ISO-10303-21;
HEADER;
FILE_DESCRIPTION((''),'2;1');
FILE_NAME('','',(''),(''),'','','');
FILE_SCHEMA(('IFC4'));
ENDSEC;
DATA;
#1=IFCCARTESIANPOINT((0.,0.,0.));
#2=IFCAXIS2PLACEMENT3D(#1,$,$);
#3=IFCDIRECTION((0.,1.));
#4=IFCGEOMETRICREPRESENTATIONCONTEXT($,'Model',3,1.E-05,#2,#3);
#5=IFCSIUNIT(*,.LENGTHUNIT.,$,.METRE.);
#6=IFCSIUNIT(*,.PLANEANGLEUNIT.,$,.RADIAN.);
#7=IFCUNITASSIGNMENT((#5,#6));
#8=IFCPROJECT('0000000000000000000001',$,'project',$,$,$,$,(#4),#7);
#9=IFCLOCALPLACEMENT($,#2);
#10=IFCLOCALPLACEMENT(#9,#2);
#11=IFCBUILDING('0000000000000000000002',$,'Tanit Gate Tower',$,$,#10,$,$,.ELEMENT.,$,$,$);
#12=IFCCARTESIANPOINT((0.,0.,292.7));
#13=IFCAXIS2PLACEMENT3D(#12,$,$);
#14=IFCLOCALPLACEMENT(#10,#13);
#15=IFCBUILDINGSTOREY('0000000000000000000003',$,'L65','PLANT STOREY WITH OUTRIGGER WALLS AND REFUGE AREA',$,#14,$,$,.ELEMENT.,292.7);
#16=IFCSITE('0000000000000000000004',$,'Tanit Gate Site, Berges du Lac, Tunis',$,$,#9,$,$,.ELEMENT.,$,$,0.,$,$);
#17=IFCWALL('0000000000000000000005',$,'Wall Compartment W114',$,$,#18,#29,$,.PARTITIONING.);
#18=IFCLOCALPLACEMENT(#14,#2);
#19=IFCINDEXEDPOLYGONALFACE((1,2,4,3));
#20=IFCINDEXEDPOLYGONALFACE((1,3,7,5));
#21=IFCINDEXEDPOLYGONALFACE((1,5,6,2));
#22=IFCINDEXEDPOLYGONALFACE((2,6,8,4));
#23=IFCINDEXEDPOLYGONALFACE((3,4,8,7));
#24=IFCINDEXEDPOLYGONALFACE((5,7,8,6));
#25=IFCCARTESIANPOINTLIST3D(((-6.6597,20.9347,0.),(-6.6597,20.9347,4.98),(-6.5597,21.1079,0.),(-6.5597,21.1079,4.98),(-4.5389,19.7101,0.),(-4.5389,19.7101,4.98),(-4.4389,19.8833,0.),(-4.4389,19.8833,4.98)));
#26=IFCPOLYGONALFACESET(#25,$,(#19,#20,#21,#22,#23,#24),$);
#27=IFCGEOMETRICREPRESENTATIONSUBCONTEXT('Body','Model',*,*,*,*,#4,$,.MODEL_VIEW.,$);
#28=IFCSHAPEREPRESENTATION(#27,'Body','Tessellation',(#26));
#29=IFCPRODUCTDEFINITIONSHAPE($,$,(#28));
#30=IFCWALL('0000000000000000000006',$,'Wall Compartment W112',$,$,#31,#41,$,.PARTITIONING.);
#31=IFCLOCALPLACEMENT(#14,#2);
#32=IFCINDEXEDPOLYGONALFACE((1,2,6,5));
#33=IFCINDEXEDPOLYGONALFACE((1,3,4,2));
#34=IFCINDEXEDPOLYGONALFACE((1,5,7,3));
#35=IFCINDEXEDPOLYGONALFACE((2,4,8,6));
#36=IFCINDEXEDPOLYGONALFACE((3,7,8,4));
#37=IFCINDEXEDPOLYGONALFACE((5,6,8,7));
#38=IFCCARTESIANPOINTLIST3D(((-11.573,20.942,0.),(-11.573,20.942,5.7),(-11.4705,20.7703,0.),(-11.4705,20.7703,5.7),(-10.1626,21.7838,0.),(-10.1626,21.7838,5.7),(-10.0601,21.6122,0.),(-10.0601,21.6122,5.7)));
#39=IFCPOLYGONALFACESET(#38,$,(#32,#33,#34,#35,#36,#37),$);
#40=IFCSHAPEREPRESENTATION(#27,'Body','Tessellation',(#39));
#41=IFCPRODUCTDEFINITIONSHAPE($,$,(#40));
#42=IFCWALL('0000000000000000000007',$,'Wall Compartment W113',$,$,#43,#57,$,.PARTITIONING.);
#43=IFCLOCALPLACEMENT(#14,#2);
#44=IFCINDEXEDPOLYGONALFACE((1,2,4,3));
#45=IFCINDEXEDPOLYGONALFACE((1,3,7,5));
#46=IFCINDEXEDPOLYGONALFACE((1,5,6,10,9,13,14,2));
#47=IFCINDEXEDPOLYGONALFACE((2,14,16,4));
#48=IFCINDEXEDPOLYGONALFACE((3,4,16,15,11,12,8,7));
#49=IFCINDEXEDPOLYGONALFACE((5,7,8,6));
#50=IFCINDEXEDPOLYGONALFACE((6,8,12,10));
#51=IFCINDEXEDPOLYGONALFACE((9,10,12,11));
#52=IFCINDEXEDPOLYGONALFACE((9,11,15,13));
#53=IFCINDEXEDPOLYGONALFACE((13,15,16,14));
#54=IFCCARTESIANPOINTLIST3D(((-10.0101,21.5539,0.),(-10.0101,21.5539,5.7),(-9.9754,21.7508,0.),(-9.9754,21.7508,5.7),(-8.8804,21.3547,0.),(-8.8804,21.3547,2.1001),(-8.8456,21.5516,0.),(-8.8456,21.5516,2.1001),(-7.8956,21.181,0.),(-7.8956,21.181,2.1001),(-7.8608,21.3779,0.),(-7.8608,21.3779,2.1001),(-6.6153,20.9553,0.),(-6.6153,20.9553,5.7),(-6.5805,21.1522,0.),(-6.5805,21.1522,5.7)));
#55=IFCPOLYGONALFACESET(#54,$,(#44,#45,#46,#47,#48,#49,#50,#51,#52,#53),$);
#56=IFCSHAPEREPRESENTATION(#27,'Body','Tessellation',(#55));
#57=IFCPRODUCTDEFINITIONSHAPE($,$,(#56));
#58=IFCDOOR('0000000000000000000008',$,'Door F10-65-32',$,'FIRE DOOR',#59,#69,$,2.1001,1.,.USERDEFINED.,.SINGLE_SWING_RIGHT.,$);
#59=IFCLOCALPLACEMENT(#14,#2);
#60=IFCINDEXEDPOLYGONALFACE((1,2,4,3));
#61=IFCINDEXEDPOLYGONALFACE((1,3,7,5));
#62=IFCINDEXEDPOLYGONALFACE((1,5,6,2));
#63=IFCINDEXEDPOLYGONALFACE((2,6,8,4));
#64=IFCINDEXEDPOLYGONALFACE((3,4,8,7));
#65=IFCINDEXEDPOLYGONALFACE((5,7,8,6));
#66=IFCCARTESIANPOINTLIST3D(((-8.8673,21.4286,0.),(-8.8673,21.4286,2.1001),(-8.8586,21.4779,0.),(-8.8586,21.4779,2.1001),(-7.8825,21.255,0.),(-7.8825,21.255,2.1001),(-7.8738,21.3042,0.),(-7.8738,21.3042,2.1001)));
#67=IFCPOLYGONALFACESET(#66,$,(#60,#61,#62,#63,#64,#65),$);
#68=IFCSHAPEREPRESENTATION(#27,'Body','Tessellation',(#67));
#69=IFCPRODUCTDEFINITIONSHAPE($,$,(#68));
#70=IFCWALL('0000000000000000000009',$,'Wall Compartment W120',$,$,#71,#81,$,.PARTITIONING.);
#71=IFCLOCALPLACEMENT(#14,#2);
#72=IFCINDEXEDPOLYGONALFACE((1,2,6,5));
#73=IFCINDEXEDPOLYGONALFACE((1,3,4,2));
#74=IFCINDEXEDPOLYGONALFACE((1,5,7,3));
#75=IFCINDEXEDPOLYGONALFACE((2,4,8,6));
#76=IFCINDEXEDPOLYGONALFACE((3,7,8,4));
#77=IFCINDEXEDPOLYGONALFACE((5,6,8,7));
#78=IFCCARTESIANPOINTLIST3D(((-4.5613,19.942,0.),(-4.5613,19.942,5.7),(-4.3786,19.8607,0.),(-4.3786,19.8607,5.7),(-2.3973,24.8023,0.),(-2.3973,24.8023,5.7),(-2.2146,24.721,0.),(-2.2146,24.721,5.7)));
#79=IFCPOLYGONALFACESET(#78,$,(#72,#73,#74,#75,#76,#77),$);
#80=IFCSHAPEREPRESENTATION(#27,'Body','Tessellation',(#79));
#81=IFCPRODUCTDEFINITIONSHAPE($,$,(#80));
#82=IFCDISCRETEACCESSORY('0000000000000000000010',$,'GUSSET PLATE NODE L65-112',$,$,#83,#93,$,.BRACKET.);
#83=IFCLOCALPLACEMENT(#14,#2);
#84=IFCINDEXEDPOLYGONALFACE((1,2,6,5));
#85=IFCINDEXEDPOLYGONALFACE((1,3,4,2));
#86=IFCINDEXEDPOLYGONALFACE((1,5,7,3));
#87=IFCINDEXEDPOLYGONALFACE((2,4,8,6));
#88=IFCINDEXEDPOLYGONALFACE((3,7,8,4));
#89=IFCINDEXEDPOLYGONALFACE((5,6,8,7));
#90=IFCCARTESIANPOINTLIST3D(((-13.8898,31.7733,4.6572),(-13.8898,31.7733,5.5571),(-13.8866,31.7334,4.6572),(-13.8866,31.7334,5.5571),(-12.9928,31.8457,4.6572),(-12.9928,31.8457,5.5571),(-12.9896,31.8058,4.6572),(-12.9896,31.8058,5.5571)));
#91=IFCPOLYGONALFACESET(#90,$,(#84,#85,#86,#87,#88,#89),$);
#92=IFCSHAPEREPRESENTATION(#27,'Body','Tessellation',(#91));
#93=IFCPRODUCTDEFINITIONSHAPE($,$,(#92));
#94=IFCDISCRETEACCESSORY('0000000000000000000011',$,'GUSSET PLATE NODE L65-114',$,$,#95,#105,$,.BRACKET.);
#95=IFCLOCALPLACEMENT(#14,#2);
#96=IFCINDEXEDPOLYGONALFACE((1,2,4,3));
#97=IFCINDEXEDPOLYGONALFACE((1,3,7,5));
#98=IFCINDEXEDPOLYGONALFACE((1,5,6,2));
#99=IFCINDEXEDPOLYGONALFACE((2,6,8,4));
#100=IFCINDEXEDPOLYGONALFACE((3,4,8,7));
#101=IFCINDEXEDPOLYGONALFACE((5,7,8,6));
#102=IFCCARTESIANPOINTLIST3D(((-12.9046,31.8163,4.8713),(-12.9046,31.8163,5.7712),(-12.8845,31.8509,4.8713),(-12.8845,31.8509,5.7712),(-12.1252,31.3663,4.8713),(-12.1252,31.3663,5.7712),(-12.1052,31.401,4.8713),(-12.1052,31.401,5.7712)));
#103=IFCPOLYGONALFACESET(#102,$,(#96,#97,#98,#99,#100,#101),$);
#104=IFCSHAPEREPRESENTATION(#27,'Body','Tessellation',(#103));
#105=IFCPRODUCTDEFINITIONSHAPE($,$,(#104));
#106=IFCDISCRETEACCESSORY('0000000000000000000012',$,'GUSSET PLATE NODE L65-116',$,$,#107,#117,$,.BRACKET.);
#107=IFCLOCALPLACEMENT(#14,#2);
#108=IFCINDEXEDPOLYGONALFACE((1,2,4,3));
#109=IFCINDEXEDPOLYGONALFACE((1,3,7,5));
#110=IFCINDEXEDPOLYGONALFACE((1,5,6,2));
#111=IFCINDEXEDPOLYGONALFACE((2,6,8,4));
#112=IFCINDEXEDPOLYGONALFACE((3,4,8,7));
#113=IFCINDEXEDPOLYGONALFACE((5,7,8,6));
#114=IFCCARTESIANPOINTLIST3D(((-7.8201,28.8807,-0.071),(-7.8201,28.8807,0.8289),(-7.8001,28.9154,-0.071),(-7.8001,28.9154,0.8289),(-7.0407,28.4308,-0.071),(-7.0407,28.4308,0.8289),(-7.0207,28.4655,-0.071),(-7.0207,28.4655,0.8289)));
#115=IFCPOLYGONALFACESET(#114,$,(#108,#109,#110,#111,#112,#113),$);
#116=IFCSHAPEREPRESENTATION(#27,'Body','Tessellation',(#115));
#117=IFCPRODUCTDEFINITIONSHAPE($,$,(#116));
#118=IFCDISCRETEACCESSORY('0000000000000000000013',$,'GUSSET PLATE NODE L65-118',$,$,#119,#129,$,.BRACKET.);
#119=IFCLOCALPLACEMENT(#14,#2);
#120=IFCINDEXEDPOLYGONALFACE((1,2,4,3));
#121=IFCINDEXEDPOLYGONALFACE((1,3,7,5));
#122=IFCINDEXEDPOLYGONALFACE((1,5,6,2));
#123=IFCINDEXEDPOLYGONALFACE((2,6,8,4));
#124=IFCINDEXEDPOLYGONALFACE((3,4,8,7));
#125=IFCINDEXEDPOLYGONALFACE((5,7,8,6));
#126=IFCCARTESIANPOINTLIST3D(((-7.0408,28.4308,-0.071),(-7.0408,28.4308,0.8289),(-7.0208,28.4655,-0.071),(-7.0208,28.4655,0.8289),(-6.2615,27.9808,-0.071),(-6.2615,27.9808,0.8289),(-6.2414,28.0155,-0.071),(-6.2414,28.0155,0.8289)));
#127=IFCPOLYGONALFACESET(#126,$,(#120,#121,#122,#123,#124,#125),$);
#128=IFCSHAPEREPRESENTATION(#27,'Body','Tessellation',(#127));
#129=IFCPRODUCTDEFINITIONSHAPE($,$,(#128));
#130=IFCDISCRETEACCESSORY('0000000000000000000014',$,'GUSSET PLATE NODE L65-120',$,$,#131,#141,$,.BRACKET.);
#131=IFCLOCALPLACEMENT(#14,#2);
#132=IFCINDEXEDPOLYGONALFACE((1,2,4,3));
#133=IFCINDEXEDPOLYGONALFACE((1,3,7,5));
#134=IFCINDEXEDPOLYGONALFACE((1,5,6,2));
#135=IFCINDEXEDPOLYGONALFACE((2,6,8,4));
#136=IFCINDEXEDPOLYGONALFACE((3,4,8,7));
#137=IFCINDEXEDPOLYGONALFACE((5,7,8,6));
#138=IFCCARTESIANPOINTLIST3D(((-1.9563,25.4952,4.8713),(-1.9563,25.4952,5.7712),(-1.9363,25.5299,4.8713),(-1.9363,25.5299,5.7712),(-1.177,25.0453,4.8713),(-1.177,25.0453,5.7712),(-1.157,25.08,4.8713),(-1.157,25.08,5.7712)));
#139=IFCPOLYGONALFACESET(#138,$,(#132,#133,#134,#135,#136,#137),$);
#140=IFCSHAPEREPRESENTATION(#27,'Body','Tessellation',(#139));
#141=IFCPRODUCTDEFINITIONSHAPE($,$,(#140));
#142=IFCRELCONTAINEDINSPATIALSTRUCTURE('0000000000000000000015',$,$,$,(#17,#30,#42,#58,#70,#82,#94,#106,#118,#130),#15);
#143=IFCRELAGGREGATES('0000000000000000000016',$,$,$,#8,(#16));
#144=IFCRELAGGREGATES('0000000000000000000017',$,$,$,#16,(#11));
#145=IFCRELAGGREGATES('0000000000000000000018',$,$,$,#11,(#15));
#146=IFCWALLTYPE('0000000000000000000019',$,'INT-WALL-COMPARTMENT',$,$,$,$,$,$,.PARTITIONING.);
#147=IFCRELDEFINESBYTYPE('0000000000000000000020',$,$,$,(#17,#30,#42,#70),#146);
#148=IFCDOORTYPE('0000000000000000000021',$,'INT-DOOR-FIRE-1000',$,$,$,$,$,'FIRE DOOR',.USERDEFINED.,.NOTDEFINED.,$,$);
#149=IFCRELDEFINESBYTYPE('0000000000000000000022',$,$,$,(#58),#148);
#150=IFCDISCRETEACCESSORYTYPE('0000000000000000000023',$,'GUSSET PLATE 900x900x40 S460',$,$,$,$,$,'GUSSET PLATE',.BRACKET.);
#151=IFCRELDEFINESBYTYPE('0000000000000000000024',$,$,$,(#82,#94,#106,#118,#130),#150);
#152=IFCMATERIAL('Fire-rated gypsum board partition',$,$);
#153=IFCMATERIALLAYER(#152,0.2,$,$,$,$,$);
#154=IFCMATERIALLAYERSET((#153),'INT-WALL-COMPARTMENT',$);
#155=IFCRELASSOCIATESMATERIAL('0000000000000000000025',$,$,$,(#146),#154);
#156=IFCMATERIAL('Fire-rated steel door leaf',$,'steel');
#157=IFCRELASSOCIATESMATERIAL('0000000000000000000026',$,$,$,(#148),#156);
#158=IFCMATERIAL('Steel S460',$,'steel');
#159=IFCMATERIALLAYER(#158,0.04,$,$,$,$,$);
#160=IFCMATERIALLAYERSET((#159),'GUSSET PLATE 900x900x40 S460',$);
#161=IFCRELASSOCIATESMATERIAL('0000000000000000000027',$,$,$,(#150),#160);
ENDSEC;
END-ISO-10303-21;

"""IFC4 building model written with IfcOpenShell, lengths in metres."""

from ifc_helpers import new_model, si_unit, direction, frame, frame_2d, origin, origin_2d, place, context, subcontext, project, spatial, rectangle, extrude, material, layer, layer_set, type_object, element, fill, save


model = new_model("IFC4")

# Units and contexts
model_context = context("Model", 3, precision=1e-05, world=origin(), true_north=direction((0.0, 1.0)))
body_context = subcontext(model_context, "Body", "Model", "MODEL_VIEW")
ifc_project = project(units=[si_unit("LENGTHUNIT", "METRE"), si_unit("PLANEANGLEUNIT", "RADIAN")], contexts=[model_context])

# Site, building, storey
site_placement = place(None, origin())
site = spatial("IfcSite", under=ifc_project, at=site_placement, Name="Tanit Gate Site, Berges du Lac, Tunis", CompositionType="ELEMENT", RefElevation=0.0)
building_placement = place(site_placement, origin())
building = spatial("IfcBuilding", under=site, at=building_placement, Name="Tanit Gate Tower", CompositionType="ELEMENT")
storey_placement = place(building_placement, frame((0.0, 0.0, 292.7)))
storey = spatial("IfcBuildingStorey", under=building, at=storey_placement, Name="L65", Description="PLANT STOREY WITH OUTRIGGER WALLS AND REFUGE AREA", CompositionType="ELEMENT", Elevation=292.7)

# Walls
ifc_material_1 = material(Name="Fire-rated gypsum board partition")
ifc_layer_1 = layer(ifc_material_1, 0.2)
ifc_layer_set_1 = layer_set([ifc_layer_1], Name="INT-WALL-COMPARTMENT")
wall_type_1 = type_object("IfcWallType", Name="INT-WALL-COMPARTMENT", PredefinedType="PARTITIONING", material=ifc_layer_set_1)
wall_1_placement = place(storey_placement, frame((-4.4888, 19.7966, 0.0), z_axis=(0.0, 0.0, 1.0), x_axis=(-0.866001, 0.500042, 0.0)))
element("IfcWall", 1, at=wall_1_placement, inside=storey, type_object=wall_type_1, Name="Wall Compartment W114", PredefinedType="PARTITIONING", context=body_context, shape_type="SweptSolid", body=[
    extrude(rectangle(XDim=2.449, YDim=0.2, at=frame_2d((1.2246, 0.0))), origin(), (0.0, 0.0, 1.0), 4.98),
])
wall_2_placement = place(storey_placement, frame((-10.1113, 21.698, 0.0), z_axis=(0.0, 0.0, 1.0), x_axis=(-0.858684, -0.512505, 0.0)))
element("IfcWall", 2, at=wall_2_placement, inside=storey, type_object=wall_type_1, Name="Wall Compartment W112", PredefinedType="PARTITIONING", context=body_context, shape_type="SweptSolid", body=[
    extrude(rectangle(XDim=1.6426, YDim=0.2, at=frame_2d((0.8213, 0.0))), origin(), (0.0, 0.0, 1.0), 5.7),
])

# Wall, opening, door
wall_3_placement = place(storey_placement, frame((-6.5979, 21.0537, 0.0), z_axis=(0.0, 0.0, 1.0), x_axis=(-0.984806, 0.17366, 0.0)))
wall_3 = element("IfcWall", 3, at=wall_3_placement, inside=storey, type_object=wall_type_1, Name="Wall Compartment W113", PredefinedType="PARTITIONING", context=body_context, shape_type="SweptSolid", body=[
    extrude(rectangle(XDim=3.4473, YDim=0.2, at=frame_2d((1.7236, 0.0))), origin(), (0.0, 0.0, 1.0), 5.7),
])
opening_placement = place(wall_3_placement, frame((1.3, 0.0, 0.0)))
opening = element("IfcOpeningElement", 4, at=opening_placement, cuts=wall_3, PredefinedType="OPENING", context=body_context, shape_type="SweptSolid", body=[
    extrude(rectangle(XDim=1.0, YDim=2.1001, at=frame_2d((0.5, 1.05))), frame((0.0, 0.1099, 0.0), z_axis=(0.0, -1.0, 0.0), x_axis=(1.0, 0.0, 0.0)), (0.0, 0.0, 1.0), 0.22),
])
ifc_material_2 = material(Name="Fire-rated steel door leaf", Category="steel")
door_type = type_object("IfcDoorType", Name="INT-DOOR-FIRE-1000", ElementType="FIRE DOOR", OperationType="NOTDEFINED", PredefinedType="USERDEFINED", material=ifc_material_2)
door_placement = place(opening_placement, origin())
door = element("IfcDoor", 5, at=door_placement, inside=storey, type_object=door_type, Name="Door F10-65-32", ObjectType="FIRE DOOR", OperationType="SINGLE_SWING_RIGHT", OverallHeight=2.1001, OverallWidth=1.0, PredefinedType="USERDEFINED", context=body_context, shape_type="SweptSolid", body=[
    extrude(rectangle(XDim=1.0, YDim=2.1001, at=frame_2d((0.5, 1.05))), frame((0.0, 0.0249, 0.0), z_axis=(0.0, -1.0, 0.0), x_axis=(1.0, 0.0, 0.0)), (0.0, 0.0, 1.0), 0.05),
])
fill(opening, door)

# Wall
wall_4_placement = place(storey_placement, frame((-4.47, 19.9014, 0.0), z_axis=(0.0, 0.0, 1.0), x_axis=(0.406751, 0.913539, 0.0)))
element("IfcWall", 6, at=wall_4_placement, inside=storey, type_object=wall_type_1, Name="Wall Compartment W120", PredefinedType="PARTITIONING", context=body_context, shape_type="SweptSolid", body=[
    extrude(rectangle(XDim=5.3203, YDim=0.2, at=frame_2d((2.6602, 0.0))), origin(), (0.0, 0.0, 1.0), 5.7),
])

# Discrete accessories
ifc_material_3 = material(Name="Steel S460", Category="steel")
ifc_layer_2 = layer(ifc_material_3, 0.04)
ifc_layer_set_2 = layer_set([ifc_layer_2], Name="GUSSET PLATE 900x900x40 S460")
discrete_accessory_type = type_object("IfcDiscreteAccessoryType", Name="GUSSET PLATE 900x900x40 S460", ElementType="GUSSET PLATE", PredefinedType="BRACKET", material=ifc_layer_set_2)
for number, where, z_axis, x_axis, name in (
    (7, (-13.4397, 31.7896, 4.6572), (0.0, 0.0, 1.0), (-0.996762, -0.080408, 0.0), "GUSSET PLATE NODE L65-112"),
    (8, (-12.5049, 31.6086, 4.8713), (0.0, 0.0, 1.0), (0.866034, -0.499985, 0.0), "GUSSET PLATE NODE L65-114"),
    (9, (-7.4204, 28.6731, -0.071), (0.0, 0.0, 1.0), (-0.866034, 0.499985, 0.0), "GUSSET PLATE NODE L65-116"),
    (10, (-6.6411, 28.2231, -0.071), (0.0, 0.0, 1.0), (0.866025, -0.5, 0.0), "GUSSET PLATE NODE L65-118"),
    (11, (-1.5566, 25.2876, 4.8713), (0.0, 0.0, 1.0), (-0.866025, 0.5, 0.0), "GUSSET PLATE NODE L65-120"),
):
    element("IfcDiscreteAccessory", number, at=place(storey_placement, frame(where, z_axis=z_axis, x_axis=x_axis)), inside=storey, type_object=discrete_accessory_type, Name=name, PredefinedType="BRACKET", context=body_context, shape_type="SweptSolid", body=[
        extrude(rectangle(XDim=0.8999, YDim=0.04, at=origin_2d()), origin(), (0.0, 0.0, 1.0), 0.8999),
    ])

save(model, "model.ifc")
